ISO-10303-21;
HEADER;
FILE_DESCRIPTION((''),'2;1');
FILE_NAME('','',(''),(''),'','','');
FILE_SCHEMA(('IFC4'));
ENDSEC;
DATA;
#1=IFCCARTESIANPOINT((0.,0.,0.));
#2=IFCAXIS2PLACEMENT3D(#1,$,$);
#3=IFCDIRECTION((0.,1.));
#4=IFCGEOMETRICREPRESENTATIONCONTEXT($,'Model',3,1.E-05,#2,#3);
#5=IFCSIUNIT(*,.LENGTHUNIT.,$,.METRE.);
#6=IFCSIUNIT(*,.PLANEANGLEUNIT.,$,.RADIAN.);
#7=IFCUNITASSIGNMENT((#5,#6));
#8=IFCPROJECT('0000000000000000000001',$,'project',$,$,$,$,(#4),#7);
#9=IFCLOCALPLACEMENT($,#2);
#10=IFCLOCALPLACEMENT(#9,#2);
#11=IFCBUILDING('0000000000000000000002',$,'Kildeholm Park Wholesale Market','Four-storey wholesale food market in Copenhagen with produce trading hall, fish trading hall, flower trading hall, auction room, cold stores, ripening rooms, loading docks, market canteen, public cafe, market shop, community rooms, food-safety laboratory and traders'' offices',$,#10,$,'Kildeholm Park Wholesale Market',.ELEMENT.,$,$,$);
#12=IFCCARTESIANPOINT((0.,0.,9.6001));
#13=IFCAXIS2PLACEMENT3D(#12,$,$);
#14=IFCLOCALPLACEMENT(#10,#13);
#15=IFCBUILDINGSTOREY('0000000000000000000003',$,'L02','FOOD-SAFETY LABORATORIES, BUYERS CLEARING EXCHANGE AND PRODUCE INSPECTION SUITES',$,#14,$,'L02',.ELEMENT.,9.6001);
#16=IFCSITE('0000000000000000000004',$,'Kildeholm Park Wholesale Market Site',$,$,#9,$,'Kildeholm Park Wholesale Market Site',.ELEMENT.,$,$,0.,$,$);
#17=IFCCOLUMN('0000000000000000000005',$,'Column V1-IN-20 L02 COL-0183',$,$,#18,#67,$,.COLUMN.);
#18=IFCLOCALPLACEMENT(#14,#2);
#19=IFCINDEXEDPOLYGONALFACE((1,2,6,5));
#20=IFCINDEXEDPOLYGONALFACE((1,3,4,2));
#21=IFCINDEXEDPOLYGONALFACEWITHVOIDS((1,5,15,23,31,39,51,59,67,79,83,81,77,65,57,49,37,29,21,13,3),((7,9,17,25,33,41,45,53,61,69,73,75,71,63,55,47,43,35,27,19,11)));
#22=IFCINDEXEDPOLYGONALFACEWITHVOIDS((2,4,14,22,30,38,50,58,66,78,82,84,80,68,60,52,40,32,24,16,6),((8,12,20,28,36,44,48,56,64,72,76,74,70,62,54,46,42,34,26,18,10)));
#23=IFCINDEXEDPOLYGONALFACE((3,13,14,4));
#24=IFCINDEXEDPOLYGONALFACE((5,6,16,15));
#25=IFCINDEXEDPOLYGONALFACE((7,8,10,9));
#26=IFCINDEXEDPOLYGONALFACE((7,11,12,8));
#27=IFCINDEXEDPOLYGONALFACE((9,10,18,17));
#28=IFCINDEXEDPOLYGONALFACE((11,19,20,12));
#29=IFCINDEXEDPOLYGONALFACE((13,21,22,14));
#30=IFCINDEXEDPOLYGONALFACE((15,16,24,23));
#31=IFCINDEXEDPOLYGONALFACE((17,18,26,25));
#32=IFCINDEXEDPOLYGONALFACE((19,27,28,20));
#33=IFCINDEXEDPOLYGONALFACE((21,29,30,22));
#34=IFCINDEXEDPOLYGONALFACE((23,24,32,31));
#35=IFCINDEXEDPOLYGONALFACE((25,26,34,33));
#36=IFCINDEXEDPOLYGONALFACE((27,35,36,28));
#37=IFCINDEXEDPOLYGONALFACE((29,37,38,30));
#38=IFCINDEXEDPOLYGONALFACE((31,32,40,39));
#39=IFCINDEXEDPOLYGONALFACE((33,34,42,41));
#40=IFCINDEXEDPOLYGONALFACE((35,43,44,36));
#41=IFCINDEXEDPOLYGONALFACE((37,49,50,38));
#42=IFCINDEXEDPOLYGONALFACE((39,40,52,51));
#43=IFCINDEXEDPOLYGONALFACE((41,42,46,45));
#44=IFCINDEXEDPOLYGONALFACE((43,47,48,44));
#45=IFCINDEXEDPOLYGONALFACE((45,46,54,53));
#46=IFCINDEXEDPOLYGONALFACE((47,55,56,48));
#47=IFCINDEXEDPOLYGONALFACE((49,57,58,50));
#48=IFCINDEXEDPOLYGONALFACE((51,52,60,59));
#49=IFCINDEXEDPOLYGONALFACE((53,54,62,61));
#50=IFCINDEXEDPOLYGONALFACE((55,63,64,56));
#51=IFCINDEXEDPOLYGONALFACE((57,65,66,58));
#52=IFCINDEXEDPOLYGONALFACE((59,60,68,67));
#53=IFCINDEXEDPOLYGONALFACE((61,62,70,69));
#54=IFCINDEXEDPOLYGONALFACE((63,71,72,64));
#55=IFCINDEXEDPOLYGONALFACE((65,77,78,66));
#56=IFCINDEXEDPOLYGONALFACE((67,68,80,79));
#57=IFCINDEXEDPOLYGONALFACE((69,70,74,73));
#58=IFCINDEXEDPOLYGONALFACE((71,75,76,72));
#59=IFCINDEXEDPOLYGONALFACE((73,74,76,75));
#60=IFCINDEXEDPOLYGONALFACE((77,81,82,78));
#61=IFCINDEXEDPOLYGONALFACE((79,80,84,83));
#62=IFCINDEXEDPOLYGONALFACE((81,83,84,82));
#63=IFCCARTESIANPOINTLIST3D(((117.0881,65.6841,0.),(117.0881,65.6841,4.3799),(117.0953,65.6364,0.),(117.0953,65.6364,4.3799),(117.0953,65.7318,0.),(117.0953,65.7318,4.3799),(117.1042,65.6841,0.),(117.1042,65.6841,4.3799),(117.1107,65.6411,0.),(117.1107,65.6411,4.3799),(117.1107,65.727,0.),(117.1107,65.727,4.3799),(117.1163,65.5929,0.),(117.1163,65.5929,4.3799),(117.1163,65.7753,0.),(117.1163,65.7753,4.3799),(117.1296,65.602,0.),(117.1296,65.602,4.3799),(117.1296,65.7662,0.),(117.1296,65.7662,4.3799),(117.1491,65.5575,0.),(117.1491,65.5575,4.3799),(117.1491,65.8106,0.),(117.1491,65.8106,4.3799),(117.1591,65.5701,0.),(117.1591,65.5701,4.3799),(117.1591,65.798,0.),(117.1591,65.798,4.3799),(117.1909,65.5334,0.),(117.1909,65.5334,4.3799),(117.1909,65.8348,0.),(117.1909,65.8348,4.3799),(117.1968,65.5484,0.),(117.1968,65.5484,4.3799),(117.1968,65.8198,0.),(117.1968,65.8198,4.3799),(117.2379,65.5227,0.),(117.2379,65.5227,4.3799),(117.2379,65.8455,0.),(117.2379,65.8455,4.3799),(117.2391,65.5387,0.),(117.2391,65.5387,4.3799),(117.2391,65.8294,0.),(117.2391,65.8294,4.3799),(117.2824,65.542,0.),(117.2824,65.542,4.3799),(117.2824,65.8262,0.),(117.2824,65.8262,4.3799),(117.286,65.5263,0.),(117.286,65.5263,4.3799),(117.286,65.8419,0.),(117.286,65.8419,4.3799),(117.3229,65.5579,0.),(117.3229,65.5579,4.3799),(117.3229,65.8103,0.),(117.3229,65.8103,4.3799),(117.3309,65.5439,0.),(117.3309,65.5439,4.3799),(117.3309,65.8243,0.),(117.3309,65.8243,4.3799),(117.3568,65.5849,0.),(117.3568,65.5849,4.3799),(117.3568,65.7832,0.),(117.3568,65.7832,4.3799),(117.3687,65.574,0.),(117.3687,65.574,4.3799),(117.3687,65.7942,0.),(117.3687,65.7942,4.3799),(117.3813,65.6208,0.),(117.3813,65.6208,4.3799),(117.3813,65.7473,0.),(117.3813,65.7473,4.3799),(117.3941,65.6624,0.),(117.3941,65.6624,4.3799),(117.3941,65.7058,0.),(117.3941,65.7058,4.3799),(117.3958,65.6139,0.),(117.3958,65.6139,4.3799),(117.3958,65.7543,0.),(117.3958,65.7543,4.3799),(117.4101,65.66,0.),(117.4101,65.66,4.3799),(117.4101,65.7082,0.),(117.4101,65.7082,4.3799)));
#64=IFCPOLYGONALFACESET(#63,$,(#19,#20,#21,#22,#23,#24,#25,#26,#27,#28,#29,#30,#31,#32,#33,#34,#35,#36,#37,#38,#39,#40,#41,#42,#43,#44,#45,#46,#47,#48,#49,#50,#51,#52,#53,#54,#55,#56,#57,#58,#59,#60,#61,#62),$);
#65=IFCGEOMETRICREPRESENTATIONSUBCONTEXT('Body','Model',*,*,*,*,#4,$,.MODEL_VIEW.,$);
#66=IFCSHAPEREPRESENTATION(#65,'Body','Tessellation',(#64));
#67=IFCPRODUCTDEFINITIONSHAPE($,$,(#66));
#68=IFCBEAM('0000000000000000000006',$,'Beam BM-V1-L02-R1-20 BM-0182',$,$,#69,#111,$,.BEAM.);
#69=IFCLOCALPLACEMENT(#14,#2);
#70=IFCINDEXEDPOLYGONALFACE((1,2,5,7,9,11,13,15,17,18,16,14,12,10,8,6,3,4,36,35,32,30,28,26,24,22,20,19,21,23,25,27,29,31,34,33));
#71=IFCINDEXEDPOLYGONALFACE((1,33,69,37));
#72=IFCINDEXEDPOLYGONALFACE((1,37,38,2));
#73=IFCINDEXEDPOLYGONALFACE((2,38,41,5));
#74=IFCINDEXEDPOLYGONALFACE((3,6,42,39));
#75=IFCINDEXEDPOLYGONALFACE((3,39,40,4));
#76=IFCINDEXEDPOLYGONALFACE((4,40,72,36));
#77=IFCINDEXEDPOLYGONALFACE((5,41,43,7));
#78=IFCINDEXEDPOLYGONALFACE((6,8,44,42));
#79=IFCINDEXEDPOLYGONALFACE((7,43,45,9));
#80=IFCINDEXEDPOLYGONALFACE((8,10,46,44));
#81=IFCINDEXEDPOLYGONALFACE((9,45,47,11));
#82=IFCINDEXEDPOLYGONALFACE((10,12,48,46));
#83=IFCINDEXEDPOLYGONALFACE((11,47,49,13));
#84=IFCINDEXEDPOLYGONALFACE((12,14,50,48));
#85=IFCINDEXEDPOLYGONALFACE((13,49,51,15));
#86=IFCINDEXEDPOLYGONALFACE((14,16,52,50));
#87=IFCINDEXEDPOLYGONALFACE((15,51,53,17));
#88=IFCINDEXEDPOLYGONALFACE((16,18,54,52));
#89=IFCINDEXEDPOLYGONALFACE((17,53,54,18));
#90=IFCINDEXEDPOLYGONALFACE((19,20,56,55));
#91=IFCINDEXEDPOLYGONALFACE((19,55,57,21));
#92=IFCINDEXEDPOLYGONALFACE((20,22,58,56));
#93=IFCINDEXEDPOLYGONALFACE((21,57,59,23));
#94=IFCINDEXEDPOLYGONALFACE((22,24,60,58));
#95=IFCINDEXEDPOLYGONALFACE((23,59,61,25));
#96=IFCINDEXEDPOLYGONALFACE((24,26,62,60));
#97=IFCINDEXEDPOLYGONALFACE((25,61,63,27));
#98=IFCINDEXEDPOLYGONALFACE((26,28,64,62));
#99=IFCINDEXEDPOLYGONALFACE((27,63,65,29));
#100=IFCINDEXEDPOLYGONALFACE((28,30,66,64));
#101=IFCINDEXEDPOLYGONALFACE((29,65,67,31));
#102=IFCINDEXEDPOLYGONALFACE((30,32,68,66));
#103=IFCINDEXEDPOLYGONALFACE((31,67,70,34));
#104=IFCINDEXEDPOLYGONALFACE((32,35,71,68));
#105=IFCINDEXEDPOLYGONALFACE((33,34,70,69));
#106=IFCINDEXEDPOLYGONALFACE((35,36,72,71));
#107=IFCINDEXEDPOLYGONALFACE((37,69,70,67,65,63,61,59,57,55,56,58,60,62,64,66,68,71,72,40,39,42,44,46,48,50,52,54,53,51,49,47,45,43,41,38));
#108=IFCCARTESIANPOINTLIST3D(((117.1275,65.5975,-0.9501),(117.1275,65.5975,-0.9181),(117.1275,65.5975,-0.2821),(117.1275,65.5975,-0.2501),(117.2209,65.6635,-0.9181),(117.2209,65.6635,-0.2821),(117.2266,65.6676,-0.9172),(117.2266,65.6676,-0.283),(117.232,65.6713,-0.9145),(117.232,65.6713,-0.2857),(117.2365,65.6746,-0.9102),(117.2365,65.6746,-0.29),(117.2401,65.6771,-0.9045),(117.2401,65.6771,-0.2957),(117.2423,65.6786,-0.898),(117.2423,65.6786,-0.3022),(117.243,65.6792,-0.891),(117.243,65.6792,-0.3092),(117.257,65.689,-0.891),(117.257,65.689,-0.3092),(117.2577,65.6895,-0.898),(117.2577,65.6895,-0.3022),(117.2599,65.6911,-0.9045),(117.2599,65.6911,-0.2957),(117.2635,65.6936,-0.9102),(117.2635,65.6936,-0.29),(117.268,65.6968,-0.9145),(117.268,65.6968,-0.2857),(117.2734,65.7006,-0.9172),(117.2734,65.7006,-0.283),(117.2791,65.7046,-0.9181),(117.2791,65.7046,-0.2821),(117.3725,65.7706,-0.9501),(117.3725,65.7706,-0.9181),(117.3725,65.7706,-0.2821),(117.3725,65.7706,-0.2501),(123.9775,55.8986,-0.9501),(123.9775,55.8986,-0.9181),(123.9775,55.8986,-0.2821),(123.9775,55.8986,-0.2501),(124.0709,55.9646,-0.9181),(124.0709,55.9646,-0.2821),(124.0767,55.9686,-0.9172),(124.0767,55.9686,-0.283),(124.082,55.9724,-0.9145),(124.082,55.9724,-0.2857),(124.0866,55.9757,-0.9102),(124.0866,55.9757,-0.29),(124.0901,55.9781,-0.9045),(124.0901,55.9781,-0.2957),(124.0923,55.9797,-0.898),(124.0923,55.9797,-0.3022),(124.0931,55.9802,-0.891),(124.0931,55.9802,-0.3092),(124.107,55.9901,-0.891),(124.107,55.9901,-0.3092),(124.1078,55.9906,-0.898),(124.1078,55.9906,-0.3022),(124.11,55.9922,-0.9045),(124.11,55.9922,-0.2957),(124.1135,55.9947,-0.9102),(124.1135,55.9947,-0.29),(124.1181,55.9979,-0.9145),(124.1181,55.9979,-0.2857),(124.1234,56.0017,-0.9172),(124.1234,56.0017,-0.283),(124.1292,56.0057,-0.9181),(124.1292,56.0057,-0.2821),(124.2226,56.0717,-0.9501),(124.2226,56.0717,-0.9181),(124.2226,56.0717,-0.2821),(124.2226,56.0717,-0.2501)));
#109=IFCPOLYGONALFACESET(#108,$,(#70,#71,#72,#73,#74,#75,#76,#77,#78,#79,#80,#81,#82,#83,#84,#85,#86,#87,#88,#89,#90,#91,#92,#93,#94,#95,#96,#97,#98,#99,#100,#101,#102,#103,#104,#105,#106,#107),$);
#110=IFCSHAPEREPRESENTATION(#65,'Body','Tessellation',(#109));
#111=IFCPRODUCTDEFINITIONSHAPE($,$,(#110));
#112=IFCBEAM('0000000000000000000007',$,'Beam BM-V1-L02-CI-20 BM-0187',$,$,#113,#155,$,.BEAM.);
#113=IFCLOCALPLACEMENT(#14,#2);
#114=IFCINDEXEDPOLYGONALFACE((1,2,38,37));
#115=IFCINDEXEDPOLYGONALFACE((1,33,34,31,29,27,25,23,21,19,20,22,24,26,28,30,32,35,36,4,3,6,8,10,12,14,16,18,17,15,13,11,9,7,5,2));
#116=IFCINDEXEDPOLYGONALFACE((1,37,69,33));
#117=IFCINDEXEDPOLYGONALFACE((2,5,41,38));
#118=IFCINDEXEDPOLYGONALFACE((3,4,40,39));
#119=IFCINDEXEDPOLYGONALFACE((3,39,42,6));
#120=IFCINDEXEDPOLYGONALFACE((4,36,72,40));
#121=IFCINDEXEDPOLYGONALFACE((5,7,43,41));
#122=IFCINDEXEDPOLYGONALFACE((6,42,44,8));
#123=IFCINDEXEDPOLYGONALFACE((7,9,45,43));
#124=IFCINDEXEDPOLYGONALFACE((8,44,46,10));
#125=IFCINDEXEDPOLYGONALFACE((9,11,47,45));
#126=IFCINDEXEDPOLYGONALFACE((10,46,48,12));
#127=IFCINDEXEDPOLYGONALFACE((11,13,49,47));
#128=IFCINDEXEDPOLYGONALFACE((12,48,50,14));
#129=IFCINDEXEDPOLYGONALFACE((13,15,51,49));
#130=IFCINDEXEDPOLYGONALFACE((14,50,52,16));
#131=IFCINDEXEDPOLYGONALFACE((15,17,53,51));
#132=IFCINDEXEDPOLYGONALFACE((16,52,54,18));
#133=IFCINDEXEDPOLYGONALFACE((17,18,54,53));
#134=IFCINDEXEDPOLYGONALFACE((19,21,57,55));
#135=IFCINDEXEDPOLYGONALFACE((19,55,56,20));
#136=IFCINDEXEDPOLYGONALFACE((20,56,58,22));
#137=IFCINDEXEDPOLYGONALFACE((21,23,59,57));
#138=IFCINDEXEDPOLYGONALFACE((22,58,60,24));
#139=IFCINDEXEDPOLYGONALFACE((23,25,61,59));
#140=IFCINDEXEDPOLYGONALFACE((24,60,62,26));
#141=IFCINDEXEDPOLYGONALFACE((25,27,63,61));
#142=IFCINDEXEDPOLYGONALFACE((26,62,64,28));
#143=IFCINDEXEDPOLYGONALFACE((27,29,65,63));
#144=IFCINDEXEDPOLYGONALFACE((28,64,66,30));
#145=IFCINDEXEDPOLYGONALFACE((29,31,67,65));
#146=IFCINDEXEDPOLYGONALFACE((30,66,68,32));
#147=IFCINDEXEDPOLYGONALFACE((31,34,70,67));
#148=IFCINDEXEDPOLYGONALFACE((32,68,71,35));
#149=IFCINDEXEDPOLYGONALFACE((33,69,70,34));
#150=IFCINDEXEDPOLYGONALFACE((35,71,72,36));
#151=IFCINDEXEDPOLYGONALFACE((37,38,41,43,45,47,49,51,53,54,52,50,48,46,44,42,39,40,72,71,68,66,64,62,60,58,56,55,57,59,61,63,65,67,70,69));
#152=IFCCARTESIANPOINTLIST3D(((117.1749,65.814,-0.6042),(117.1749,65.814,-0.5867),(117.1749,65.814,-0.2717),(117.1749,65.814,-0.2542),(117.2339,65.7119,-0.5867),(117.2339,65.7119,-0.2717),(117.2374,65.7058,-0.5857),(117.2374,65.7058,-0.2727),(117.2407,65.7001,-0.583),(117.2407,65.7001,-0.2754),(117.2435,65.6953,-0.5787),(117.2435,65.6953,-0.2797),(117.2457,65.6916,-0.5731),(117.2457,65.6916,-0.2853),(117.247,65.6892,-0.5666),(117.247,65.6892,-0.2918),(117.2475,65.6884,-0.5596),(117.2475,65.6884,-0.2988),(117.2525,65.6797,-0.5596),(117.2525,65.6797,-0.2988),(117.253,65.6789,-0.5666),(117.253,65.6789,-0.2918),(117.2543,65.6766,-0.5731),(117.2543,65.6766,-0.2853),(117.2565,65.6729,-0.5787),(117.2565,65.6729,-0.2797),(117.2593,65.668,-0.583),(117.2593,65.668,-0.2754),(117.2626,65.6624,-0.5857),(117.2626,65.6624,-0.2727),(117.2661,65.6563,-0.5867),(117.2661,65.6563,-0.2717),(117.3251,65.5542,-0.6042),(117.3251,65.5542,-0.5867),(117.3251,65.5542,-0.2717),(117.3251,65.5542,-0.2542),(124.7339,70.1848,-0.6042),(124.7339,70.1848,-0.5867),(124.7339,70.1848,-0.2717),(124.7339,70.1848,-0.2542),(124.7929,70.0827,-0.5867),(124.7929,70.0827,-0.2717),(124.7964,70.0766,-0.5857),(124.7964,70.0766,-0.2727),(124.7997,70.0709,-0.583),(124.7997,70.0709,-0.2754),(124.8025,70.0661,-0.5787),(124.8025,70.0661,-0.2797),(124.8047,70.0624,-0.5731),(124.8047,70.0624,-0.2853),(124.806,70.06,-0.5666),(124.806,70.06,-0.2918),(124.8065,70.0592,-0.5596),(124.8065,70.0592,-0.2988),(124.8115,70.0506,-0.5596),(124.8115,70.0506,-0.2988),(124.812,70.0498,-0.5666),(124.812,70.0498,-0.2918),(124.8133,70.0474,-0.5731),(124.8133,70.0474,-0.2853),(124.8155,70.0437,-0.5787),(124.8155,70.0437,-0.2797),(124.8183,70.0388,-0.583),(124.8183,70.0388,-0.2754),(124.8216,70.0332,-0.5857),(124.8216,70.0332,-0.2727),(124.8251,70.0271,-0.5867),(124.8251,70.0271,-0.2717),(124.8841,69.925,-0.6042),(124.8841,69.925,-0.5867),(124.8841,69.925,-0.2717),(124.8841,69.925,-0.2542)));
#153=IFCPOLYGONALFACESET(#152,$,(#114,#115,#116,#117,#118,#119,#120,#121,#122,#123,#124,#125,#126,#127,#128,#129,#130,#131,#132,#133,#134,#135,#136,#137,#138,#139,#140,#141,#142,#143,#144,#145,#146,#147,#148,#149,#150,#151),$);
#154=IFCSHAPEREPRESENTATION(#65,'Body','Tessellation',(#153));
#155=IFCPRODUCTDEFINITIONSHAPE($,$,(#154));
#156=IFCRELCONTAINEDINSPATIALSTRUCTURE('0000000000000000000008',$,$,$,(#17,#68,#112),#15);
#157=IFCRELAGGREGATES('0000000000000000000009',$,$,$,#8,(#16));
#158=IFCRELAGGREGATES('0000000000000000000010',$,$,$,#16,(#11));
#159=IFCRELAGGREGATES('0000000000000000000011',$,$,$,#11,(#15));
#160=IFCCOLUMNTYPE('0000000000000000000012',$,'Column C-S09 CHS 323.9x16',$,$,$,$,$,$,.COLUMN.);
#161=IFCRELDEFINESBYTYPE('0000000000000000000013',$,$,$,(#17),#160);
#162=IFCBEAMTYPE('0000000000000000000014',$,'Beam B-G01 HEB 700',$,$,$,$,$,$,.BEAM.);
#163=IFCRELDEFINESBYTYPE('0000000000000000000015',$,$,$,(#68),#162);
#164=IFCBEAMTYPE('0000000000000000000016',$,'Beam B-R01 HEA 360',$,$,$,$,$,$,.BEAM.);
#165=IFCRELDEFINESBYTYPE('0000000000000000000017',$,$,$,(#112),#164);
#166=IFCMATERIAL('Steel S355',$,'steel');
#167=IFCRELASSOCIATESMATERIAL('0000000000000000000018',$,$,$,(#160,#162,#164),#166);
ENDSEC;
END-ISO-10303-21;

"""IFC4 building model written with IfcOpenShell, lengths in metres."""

from ifc_helpers import new_model, si_unit, direction, frame, origin, origin_2d, place, context, subcontext, project, spatial, hollow_circle, i_section, extrude, material, material_profile, profile_set, type_object, element, save


model = new_model("IFC4")

# Units and contexts
model_context = context("Model", 3, precision=1e-05, world=origin(), true_north=direction((0.0, 1.0)))
body_context = subcontext(model_context, "Body", "Model", "MODEL_VIEW")
ifc_project = project(units=[si_unit("LENGTHUNIT", "METRE"), si_unit("PLANEANGLEUNIT", "RADIAN")], contexts=[model_context])

# Site, building, storey
site_placement = place(None, origin())
site = spatial("IfcSite", under=ifc_project, at=site_placement, Name="Kildeholm Park Wholesale Market Site", LongName="Kildeholm Park Wholesale Market Site", CompositionType="ELEMENT", RefElevation=0.0)
building_placement = place(site_placement, origin())
building = spatial("IfcBuilding", under=site, at=building_placement, Name="Kildeholm Park Wholesale Market", Description="Four-storey wholesale food market in Copenhagen with produce trading hall, fish trading hall, flower trading hall, auction room, cold stores, ripening rooms, loading docks, market canteen, public cafe, market shop, community rooms, food-safety laboratory and traders' offices", LongName="Kildeholm Park Wholesale Market", CompositionType="ELEMENT")
storey_placement = place(building_placement, frame((0.0, 0.0, 9.6001)))
storey = spatial("IfcBuildingStorey", under=building, at=storey_placement, Name="L02", Description="FOOD-SAFETY LABORATORIES, BUYERS CLEARING EXCHANGE AND PRODUCE INSPECTION SUITES", LongName="L02", CompositionType="ELEMENT", Elevation=9.6001)

# Column
ifc_material_1 = material(Name="Steel S355", Category="steel")
ifc_material_profile_1 = material_profile(ifc_material_1, hollow_circle(Radius=0.1619, WallThickness=0.0161, at=origin_2d()), Name="CHS 323.9x16")
ifc_profile_set_1 = profile_set([ifc_material_profile_1], Name="Steel S355")
column_type = type_object("IfcColumnType", Name="Column C-S09 CHS 323.9x16", PredefinedType="COLUMN", material=ifc_profile_set_1)
column_placement = place(storey_placement, frame((117.25, 65.6841, 0.0), z_axis=(0.0, 0.0, 1.0), x_axis=(0.5, -0.866025, 0.0)))
element("IfcColumn", 1, at=column_placement, inside=storey, type_object=column_type, Name="Column V1-IN-20 L02 COL-0183", PredefinedType="COLUMN", context=body_context, shape_type="SweptSolid", body=[
    extrude(hollow_circle(Radius=0.1619, WallThickness=0.0161, at=origin_2d()), origin(), (0.0, 0.0, 1.0), 4.3799),
])

# Beams
ifc_material_profile_2 = material_profile(ifc_material_1, i_section(OverallWidth=0.3, OverallDepth=0.7, WebThickness=0.0171, FlangeThickness=0.032, FilletRadius=0.0271, at=origin_2d()), Name="HEB 700")
ifc_profile_set_2 = profile_set([ifc_material_profile_2], Name="Steel S355")
beam_type_1 = type_object("IfcBeamType", Name="Beam B-G01 HEB 700", PredefinedType="BEAM", material=ifc_profile_set_2)
beam_1_placement = place(storey_placement, frame((117.25, 65.6841, -0.6001), z_axis=(0.576895, -0.816819, 0.0), x_axis=(0.816819, 0.576895, 0.0)))
element("IfcBeam", 2, at=beam_1_placement, inside=storey, type_object=beam_type_1, Name="Beam BM-V1-L02-R1-20 BM-0182", PredefinedType="BEAM", context=body_context, shape_type="SweptSolid", body=[
    extrude(i_section(OverallWidth=0.3, OverallDepth=0.7, WebThickness=0.0171, FlangeThickness=0.032, FilletRadius=0.0271, at=origin_2d()), origin(), (0.0, 0.0, 1.0), 11.874),
])
ifc_material_profile_3 = material_profile(ifc_material_1, i_section(OverallWidth=0.3, OverallDepth=0.3501, WebThickness=0.01, FlangeThickness=0.0176, FilletRadius=0.0271, at=origin_2d()), Name="HEA 360")
ifc_profile_set_3 = profile_set([ifc_material_profile_3], Name="Steel S355")
beam_type_2 = type_object("IfcBeamType", Name="Beam B-R01 HEA 360", PredefinedType="BEAM", material=ifc_profile_set_3)
beam_2_placement = place(storey_placement, frame((117.25, 65.6841, -0.4292), z_axis=(0.865697, 0.500568, 0.0), x_axis=(-0.500568, 0.865697, 0.0)))
element("IfcBeam", 3, at=beam_2_placement, inside=storey, type_object=beam_type_2, Name="Beam BM-V1-L02-CI-20 BM-0187", PredefinedType="BEAM", context=body_context, shape_type="SweptSolid", body=[
    extrude(i_section(OverallWidth=0.3, OverallDepth=0.3501, WebThickness=0.01, FlangeThickness=0.0176, FilletRadius=0.0271, at=origin_2d()), origin(), (0.0, 0.0, 1.0), 8.7317),
])

save(model, "model.ifc")
